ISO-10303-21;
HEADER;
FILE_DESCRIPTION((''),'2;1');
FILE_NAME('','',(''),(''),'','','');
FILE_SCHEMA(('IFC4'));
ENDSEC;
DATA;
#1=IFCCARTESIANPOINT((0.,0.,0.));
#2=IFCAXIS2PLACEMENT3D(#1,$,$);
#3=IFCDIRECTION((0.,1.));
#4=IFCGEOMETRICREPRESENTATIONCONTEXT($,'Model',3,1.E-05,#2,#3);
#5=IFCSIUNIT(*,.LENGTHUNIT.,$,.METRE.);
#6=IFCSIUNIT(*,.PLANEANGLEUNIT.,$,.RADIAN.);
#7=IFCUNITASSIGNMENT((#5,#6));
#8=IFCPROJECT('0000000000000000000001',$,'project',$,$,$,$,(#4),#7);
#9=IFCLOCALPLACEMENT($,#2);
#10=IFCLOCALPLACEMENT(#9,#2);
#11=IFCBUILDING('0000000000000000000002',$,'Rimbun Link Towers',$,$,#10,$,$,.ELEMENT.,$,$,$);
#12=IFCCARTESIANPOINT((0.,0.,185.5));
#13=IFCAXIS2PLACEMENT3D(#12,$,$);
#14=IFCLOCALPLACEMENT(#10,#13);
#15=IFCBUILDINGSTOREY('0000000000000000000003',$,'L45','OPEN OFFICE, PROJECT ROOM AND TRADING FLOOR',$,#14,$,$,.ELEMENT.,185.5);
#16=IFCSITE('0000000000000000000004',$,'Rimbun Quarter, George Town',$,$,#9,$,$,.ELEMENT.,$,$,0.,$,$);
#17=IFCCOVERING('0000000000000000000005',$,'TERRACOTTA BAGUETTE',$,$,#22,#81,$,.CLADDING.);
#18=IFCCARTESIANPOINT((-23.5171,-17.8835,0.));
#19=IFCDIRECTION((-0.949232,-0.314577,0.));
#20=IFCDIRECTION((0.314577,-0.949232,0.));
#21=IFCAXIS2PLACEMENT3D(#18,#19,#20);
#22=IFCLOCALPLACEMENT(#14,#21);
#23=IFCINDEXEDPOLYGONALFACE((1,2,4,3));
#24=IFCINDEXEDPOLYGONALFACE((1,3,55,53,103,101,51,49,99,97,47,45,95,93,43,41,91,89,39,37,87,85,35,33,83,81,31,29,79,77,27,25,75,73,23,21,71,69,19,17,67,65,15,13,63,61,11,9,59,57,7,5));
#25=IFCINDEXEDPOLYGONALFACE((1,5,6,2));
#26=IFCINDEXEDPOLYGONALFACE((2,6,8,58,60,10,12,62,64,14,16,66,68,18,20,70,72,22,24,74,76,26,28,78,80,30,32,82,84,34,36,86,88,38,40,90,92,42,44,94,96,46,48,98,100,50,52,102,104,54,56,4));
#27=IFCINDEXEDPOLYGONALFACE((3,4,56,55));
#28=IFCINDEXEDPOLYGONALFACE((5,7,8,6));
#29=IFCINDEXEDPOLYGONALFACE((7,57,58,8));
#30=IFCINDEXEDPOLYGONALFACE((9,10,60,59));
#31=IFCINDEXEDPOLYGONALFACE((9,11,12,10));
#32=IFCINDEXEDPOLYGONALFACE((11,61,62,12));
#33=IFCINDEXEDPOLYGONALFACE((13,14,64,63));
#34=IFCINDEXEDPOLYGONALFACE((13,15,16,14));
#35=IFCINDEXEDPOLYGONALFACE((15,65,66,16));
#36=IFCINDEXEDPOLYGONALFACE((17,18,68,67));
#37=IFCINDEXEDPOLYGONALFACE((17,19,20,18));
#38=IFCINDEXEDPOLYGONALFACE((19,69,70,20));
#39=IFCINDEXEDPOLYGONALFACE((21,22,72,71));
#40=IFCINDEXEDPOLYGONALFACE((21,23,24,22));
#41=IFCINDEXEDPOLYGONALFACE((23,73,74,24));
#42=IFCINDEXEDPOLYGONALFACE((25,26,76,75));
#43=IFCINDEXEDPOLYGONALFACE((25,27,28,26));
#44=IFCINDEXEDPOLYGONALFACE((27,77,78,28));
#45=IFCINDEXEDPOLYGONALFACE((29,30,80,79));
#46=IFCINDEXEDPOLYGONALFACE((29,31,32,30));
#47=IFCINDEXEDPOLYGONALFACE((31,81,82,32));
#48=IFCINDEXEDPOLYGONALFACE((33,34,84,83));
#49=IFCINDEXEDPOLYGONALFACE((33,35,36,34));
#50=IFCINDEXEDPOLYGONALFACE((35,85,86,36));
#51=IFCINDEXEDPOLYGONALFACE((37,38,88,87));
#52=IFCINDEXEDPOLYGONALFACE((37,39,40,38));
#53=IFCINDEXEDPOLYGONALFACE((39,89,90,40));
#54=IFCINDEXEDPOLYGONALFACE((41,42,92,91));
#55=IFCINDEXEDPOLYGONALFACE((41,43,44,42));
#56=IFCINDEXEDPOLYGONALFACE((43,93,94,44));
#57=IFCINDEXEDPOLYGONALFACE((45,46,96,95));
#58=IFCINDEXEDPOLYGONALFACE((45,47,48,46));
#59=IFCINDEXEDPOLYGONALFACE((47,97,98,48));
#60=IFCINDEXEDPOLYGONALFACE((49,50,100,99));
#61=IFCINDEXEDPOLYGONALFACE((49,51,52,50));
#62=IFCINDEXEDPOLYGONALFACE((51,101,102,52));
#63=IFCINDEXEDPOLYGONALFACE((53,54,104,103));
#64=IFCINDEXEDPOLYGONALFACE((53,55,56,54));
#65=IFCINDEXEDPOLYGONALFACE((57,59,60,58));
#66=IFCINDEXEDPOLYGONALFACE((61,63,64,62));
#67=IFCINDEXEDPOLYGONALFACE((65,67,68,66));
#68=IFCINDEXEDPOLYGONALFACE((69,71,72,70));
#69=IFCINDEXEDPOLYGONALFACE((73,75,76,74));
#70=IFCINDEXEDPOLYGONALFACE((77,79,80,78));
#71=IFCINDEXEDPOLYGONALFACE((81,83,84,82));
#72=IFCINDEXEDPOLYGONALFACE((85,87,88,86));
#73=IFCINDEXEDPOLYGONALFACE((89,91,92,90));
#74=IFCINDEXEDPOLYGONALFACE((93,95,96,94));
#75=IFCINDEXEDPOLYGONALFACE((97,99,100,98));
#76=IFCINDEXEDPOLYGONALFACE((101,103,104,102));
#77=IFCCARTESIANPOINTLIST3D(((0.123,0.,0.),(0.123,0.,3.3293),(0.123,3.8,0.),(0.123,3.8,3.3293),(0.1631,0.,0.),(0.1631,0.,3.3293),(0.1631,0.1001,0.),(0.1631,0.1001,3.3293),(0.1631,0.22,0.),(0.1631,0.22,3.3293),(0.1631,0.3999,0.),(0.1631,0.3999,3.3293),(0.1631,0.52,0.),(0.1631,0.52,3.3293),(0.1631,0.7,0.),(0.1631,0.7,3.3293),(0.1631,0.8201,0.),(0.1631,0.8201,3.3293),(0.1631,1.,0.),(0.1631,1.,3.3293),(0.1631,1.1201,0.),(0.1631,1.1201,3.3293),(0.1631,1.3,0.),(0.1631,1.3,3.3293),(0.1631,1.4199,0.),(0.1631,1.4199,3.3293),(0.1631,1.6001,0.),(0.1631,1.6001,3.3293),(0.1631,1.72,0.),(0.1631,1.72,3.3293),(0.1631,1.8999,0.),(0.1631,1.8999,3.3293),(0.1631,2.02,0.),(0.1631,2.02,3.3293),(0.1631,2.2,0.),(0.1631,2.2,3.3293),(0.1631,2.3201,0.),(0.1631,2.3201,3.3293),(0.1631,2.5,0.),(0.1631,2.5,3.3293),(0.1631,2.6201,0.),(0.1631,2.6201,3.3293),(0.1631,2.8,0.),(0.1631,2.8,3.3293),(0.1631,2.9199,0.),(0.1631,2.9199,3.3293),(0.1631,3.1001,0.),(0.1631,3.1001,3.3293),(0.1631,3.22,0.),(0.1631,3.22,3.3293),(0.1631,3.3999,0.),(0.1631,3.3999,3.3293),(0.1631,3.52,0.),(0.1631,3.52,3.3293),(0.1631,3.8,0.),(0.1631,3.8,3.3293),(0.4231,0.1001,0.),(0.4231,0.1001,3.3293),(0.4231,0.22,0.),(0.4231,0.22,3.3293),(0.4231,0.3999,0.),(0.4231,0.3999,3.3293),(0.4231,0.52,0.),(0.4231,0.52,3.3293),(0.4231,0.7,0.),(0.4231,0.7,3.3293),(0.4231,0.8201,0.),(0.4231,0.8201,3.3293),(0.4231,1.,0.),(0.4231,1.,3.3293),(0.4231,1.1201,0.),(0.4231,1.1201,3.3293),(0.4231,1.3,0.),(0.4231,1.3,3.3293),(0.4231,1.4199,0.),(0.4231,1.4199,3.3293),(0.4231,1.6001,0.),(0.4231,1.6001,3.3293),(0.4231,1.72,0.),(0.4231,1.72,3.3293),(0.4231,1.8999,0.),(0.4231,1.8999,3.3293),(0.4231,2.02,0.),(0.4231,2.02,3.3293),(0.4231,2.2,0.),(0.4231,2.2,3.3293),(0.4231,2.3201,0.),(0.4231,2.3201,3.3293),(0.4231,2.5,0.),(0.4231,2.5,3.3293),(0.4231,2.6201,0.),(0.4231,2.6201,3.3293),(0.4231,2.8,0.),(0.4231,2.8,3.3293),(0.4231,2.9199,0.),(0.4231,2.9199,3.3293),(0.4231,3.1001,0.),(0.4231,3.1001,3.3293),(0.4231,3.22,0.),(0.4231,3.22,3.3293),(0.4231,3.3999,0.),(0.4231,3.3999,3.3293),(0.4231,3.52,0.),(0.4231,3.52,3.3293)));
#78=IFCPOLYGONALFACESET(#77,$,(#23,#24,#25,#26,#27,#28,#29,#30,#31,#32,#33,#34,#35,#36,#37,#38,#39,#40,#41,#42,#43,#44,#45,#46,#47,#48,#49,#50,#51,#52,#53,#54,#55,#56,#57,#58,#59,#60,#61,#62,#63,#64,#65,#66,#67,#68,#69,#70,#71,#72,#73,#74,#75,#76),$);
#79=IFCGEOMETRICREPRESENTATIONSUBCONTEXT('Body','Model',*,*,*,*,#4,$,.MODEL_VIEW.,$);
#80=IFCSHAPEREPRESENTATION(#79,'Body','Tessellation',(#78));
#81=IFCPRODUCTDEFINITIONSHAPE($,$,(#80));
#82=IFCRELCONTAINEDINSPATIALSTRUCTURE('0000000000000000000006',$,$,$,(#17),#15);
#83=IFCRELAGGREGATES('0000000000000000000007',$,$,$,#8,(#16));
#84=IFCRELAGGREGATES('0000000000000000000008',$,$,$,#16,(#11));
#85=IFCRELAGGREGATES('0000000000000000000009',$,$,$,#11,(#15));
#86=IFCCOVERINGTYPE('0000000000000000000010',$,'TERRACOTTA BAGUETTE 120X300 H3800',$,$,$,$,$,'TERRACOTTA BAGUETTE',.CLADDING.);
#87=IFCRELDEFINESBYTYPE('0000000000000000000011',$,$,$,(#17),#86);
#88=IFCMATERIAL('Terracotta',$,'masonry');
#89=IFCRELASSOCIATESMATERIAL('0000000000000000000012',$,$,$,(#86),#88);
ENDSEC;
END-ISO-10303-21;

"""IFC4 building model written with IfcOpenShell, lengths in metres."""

from ifc_helpers import new_model, si_unit, direction, frame, origin, place, context, subcontext, project, spatial, polyline, outline, extrude, material, material_profile, profile_set, type_object, element, save


model = new_model("IFC4")

# Units and contexts
model_context = context("Model", 3, precision=1e-05, world=origin(), true_north=direction((0.0, 1.0)))
body_context = subcontext(model_context, "Body", "Model", "MODEL_VIEW")
ifc_project = project(units=[si_unit("LENGTHUNIT", "METRE"), si_unit("PLANEANGLEUNIT", "RADIAN")], contexts=[model_context])

# Site, building, storey
site_placement = place(None, origin())
site = spatial("IfcSite", under=ifc_project, at=site_placement, Name="Rimbun Quarter, George Town", CompositionType="ELEMENT", RefElevation=0.0)
building_placement = place(site_placement, origin())
building = spatial("IfcBuilding", under=site, at=building_placement, Name="Rimbun Link Towers", CompositionType="ELEMENT")
storey_placement = place(building_placement, frame((0.0, 0.0, 185.5)))
storey = spatial("IfcBuildingStorey", under=building, at=storey_placement, Name="L45", Description="OPEN OFFICE, PROJECT ROOM AND TRADING FLOOR", CompositionType="ELEMENT", Elevation=185.5)

# Covering
ifc_material_1 = material(Name="Terracotta", Category="masonry")
ifc_material_profile_1 = material_profile(ifc_material_1, outline(polyline([(0.123, 0.0), (0.1631, 0.0), (0.1631, 0.1001), (0.4231, 0.1001), (0.4231, 0.22), (0.1631, 0.22), (0.1631, 0.3999), (0.4231, 0.3999), (0.4231, 0.52), (0.1631, 0.52), (0.1631, 0.7), (0.4231, 0.7), (0.4231, 0.8201), (0.1631, 0.8201), (0.1631, 1.0), (0.4231, 1.0), (0.4231, 1.1201), (0.1631, 1.1201), (0.1631, 1.3), (0.4231, 1.3), (0.4231, 1.4199), (0.1631, 1.4199), (0.1631, 1.6001), (0.4231, 1.6001), (0.4231, 1.72), (0.1631, 1.72), (0.1631, 1.8999), (0.4231, 1.8999), (0.4231, 2.02), (0.1631, 2.02), (0.1631, 2.2), (0.4231, 2.2), (0.4231, 2.3201), (0.1631, 2.3201), (0.1631, 2.5), (0.4231, 2.5), (0.4231, 2.6201), (0.1631, 2.6201), (0.1631, 2.8), (0.4231, 2.8), (0.4231, 2.9199), (0.1631, 2.9199), (0.1631, 3.1001), (0.4231, 3.1001), (0.4231, 3.22), (0.1631, 3.22), (0.1631, 3.3999), (0.4231, 3.3999), (0.4231, 3.52), (0.1631, 3.52), (0.1631, 3.8), (0.123, 3.8), (0.123, 0.0)])), Name="BAGUETTE 120X300")
ifc_profile_set_1 = profile_set([ifc_material_profile_1], Name="Terracotta")
covering_type = type_object("IfcCoveringType", Name="TERRACOTTA BAGUETTE 120X300 H3800", ElementType="TERRACOTTA BAGUETTE", PredefinedType="CLADDING", material=ifc_profile_set_1)
covering_1_placement = place(storey_placement, frame((-23.5171, -17.8835, 0.0), z_axis=(-0.949232, -0.314577, 0.0), x_axis=(0.314577, -0.949232, 0.0)))
element("IfcCovering", 1, at=covering_1_placement, inside=storey, type_object=covering_type, Name="TERRACOTTA BAGUETTE", PredefinedType="CLADDING", context=body_context, shape_type="SweptSolid", body=[
    extrude(outline(polyline([(0.123, 0.0), (0.1631, 0.0), (0.1631, 0.1001), (0.4231, 0.1001), (0.4231, 0.22), (0.1631, 0.22), (0.1631, 0.3999), (0.4231, 0.3999), (0.4231, 0.52), (0.1631, 0.52), (0.1631, 0.7), (0.4231, 0.7), (0.4231, 0.8201), (0.1631, 0.8201), (0.1631, 1.0), (0.4231, 1.0), (0.4231, 1.1201), (0.1631, 1.1201), (0.1631, 1.3), (0.4231, 1.3), (0.4231, 1.4199), (0.1631, 1.4199), (0.1631, 1.6001), (0.4231, 1.6001), (0.4231, 1.72), (0.1631, 1.72), (0.1631, 1.8999), (0.4231, 1.8999), (0.4231, 2.02), (0.1631, 2.02), (0.1631, 2.2), (0.4231, 2.2), (0.4231, 2.3201), (0.1631, 2.3201), (0.1631, 2.5), (0.4231, 2.5), (0.4231, 2.6201), (0.1631, 2.6201), (0.1631, 2.8), (0.4231, 2.8), (0.4231, 2.9199), (0.1631, 2.9199), (0.1631, 3.1001), (0.4231, 3.1001), (0.4231, 3.22), (0.1631, 3.22), (0.1631, 3.3999), (0.4231, 3.3999), (0.4231, 3.52), (0.1631, 3.52), (0.1631, 3.8), (0.123, 3.8), (0.123, 0.0)])), origin(), (0.0, 0.0, 1.0), 3.3293),
])

save(model, "model.ifc")
